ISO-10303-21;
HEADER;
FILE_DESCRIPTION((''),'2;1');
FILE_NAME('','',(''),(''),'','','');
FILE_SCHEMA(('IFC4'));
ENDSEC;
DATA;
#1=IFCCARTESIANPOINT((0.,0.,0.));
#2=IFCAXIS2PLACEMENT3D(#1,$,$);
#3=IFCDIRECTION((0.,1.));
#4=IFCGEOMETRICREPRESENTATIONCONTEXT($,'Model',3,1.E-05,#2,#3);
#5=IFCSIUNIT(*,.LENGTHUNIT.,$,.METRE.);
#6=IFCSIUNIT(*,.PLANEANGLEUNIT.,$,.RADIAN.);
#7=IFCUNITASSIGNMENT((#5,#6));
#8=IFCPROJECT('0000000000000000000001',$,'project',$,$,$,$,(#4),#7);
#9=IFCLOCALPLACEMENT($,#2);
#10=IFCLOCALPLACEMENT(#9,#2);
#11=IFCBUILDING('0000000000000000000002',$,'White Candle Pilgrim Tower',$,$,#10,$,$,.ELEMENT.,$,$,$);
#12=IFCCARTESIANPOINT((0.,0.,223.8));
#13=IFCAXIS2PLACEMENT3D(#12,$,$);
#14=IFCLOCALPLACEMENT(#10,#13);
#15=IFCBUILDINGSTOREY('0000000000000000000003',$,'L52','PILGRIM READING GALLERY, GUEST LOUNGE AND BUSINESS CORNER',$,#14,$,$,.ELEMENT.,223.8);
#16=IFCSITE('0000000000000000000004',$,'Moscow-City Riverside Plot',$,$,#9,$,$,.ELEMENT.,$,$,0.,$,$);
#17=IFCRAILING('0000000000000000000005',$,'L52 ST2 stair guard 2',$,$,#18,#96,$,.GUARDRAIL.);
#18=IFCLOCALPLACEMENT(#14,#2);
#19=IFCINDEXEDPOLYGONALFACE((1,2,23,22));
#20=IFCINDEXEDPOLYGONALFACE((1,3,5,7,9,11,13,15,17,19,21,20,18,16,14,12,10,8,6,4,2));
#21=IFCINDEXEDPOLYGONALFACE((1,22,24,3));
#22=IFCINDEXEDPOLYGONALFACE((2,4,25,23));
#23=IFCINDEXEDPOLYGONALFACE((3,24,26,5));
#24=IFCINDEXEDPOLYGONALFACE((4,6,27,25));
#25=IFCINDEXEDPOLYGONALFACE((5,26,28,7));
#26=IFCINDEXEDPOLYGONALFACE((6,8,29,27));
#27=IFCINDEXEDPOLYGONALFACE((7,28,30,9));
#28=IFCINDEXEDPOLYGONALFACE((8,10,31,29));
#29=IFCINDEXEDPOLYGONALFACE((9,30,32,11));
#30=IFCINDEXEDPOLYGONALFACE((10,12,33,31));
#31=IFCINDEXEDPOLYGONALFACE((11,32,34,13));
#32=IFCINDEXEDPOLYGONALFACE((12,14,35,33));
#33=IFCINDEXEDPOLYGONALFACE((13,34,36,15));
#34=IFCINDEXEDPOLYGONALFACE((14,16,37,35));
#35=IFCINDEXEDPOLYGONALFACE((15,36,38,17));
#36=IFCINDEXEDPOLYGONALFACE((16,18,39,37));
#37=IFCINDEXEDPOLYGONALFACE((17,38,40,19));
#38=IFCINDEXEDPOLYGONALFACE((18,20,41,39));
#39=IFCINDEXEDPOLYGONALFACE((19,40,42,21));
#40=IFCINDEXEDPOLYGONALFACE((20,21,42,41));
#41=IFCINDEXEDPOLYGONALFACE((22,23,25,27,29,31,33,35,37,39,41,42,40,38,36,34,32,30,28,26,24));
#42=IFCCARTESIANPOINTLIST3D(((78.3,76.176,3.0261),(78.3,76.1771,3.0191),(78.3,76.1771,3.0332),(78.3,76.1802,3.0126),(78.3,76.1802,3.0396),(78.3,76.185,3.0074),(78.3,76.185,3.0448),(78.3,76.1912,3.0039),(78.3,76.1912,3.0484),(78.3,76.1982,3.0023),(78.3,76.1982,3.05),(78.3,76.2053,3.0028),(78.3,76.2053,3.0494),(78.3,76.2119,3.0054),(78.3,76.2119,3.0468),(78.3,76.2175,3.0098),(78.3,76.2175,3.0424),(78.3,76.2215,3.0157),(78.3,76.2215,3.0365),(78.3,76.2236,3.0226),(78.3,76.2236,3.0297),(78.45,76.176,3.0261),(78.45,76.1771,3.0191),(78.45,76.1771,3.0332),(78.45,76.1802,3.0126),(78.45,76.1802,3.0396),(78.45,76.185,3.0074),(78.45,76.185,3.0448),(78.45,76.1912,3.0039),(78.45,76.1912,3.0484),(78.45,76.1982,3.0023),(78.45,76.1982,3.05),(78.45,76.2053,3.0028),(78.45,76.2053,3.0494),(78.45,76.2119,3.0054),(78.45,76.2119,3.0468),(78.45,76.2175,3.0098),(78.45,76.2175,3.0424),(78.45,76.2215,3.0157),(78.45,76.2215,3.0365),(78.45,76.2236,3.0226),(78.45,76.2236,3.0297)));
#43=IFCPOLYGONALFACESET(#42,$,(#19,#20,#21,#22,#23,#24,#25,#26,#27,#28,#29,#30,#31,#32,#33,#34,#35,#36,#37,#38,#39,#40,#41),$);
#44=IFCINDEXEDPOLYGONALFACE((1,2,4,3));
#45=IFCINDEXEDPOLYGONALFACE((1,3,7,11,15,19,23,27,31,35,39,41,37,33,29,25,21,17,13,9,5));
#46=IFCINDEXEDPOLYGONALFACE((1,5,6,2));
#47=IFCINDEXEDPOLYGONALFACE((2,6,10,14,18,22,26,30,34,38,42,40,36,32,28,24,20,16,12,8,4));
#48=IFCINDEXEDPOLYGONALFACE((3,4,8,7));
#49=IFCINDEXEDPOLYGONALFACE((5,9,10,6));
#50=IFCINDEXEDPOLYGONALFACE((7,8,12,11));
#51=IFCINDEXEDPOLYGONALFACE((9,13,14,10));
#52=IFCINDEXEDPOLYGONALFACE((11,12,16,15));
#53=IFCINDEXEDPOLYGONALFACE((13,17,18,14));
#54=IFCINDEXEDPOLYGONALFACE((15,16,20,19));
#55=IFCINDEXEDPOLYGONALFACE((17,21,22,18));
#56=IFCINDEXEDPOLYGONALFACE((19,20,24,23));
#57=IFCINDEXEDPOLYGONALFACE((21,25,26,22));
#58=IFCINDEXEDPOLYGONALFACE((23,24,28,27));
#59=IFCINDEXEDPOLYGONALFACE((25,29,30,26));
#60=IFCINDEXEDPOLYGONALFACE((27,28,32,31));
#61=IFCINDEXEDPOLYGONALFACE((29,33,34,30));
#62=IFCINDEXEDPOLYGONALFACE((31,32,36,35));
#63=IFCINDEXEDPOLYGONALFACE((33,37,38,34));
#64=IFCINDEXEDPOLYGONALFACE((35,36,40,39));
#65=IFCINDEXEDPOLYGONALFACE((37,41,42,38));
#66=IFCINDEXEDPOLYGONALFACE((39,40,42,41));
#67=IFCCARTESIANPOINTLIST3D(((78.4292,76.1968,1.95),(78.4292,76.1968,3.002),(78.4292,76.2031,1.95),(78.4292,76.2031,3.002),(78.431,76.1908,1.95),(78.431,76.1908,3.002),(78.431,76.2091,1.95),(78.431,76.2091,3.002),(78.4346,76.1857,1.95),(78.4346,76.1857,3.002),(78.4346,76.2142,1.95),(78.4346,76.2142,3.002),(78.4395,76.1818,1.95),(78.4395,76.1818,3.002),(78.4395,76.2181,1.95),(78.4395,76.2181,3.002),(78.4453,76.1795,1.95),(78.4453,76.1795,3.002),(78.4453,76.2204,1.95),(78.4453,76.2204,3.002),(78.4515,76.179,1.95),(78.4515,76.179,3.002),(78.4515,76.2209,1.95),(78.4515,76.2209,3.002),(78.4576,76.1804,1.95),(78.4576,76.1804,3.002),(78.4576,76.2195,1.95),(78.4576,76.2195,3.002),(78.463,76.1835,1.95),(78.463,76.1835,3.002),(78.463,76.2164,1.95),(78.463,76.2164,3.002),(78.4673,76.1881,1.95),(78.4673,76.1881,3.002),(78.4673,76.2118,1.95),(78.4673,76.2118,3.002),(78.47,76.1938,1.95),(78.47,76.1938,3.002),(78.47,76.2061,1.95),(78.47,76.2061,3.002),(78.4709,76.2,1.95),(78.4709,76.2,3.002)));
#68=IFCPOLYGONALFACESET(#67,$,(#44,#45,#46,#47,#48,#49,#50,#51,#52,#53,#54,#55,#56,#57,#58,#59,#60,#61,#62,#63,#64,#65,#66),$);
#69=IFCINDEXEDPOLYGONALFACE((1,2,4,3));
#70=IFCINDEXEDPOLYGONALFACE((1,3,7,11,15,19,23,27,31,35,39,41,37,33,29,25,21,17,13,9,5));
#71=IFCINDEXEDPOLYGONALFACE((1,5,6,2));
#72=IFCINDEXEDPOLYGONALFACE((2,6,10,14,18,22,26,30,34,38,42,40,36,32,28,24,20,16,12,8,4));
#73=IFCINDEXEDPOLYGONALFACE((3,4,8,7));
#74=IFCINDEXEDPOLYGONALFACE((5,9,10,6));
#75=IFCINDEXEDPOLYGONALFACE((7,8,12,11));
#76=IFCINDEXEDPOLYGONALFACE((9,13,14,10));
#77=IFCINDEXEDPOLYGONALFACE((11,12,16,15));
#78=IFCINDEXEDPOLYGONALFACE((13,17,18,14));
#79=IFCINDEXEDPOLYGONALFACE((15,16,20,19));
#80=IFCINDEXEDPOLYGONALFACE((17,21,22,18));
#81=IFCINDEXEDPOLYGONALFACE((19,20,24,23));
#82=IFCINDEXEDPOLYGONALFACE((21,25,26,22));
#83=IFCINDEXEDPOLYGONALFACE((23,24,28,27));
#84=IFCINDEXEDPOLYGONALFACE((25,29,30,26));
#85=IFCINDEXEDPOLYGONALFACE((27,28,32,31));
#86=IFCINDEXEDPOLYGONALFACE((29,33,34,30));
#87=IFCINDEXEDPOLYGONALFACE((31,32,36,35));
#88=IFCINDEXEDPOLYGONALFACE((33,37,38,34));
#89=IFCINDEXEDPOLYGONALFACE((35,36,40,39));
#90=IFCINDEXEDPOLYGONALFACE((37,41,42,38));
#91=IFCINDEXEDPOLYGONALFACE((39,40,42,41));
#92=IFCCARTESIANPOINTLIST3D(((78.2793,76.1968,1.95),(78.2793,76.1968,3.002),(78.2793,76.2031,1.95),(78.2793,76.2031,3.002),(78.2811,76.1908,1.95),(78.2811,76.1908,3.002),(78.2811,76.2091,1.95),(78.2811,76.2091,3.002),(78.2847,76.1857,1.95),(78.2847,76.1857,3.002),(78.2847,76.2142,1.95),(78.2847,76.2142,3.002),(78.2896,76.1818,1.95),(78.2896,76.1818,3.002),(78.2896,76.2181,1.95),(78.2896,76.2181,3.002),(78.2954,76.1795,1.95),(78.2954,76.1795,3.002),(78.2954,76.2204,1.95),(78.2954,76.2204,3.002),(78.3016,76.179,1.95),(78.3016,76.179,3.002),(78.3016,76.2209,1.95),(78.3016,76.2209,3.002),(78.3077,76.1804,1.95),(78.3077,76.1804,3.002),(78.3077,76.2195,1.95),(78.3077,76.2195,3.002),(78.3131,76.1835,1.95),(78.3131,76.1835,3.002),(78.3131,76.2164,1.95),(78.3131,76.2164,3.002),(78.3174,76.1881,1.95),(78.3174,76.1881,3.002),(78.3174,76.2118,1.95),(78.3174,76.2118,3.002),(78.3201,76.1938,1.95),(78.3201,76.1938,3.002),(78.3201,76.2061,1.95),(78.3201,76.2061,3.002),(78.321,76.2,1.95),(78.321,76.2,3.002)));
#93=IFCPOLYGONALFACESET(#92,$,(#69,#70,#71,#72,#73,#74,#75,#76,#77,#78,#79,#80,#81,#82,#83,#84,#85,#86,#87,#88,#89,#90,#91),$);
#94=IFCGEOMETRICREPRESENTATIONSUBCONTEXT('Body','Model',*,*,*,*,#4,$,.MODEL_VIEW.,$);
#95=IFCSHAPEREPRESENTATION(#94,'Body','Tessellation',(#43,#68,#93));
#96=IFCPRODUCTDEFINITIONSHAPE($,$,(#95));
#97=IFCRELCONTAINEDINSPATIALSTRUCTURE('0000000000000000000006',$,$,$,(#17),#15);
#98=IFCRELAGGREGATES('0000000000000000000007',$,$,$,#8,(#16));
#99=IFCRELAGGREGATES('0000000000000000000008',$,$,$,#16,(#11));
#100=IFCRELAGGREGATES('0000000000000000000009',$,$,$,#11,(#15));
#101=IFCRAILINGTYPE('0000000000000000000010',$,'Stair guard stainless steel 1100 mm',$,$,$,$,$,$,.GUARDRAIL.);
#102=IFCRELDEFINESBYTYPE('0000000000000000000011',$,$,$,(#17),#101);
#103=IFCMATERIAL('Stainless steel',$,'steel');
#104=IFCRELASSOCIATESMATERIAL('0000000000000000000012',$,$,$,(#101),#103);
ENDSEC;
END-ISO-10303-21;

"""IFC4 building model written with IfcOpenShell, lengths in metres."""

from ifc_helpers import new_model, si_unit, direction, frame, origin, origin_2d, place, context, subcontext, project, spatial, circle, extrude, material, type_object, element, save


model = new_model("IFC4")

# Units and contexts
model_context = context("Model", 3, precision=1e-05, world=origin(), true_north=direction((0.0, 1.0)))
body_context = subcontext(model_context, "Body", "Model", "MODEL_VIEW")
ifc_project = project(units=[si_unit("LENGTHUNIT", "METRE"), si_unit("PLANEANGLEUNIT", "RADIAN")], contexts=[model_context])

# Site, building, storey
site_placement = place(None, origin())
site = spatial("IfcSite", under=ifc_project, at=site_placement, Name="Moscow-City Riverside Plot", CompositionType="ELEMENT", RefElevation=0.0)
building_placement = place(site_placement, origin())
building = spatial("IfcBuilding", under=site, at=building_placement, Name="White Candle Pilgrim Tower", CompositionType="ELEMENT")
storey_placement = place(building_placement, frame((0.0, 0.0, 223.8)))
storey = spatial("IfcBuildingStorey", under=building, at=storey_placement, Name="L52", Description="PILGRIM READING GALLERY, GUEST LOUNGE AND BUSINESS CORNER", CompositionType="ELEMENT", Elevation=223.8)

# Railing
ifc_material_1 = material(Name="Stainless steel", Category="steel")
railing_type_1 = type_object("IfcRailingType", Name="Stair guard stainless steel 1100 mm", PredefinedType="GUARDRAIL", material=ifc_material_1)
railing_1_placement = place(storey_placement, frame((78.45, 76.2, 1.95)))
element("IfcRailing", 1, at=railing_1_placement, inside=storey, type_object=railing_type_1, Name="L52 ST2 stair guard 2", PredefinedType="GUARDRAIL", context=body_context, shape_type="SweptSolid", body=[
    extrude(circle(Radius=0.0239, at=origin_2d()), frame((0.0, 0.0, 1.0762), z_axis=(-1.0, 0.0, 0.0), x_axis=(0.0, -1.0, 0.0)), (0.0, 0.0, 1.0), 0.1499),
    extrude(circle(Radius=0.021, at=origin_2d()), origin(), (0.0, 0.0, 1.0), 1.052),
    extrude(circle(Radius=0.021, at=origin_2d()), frame((-0.1499, 0.0, 0.0)), (0.0, 0.0, 1.0), 1.052),
])

save(model, "model.ifc")
